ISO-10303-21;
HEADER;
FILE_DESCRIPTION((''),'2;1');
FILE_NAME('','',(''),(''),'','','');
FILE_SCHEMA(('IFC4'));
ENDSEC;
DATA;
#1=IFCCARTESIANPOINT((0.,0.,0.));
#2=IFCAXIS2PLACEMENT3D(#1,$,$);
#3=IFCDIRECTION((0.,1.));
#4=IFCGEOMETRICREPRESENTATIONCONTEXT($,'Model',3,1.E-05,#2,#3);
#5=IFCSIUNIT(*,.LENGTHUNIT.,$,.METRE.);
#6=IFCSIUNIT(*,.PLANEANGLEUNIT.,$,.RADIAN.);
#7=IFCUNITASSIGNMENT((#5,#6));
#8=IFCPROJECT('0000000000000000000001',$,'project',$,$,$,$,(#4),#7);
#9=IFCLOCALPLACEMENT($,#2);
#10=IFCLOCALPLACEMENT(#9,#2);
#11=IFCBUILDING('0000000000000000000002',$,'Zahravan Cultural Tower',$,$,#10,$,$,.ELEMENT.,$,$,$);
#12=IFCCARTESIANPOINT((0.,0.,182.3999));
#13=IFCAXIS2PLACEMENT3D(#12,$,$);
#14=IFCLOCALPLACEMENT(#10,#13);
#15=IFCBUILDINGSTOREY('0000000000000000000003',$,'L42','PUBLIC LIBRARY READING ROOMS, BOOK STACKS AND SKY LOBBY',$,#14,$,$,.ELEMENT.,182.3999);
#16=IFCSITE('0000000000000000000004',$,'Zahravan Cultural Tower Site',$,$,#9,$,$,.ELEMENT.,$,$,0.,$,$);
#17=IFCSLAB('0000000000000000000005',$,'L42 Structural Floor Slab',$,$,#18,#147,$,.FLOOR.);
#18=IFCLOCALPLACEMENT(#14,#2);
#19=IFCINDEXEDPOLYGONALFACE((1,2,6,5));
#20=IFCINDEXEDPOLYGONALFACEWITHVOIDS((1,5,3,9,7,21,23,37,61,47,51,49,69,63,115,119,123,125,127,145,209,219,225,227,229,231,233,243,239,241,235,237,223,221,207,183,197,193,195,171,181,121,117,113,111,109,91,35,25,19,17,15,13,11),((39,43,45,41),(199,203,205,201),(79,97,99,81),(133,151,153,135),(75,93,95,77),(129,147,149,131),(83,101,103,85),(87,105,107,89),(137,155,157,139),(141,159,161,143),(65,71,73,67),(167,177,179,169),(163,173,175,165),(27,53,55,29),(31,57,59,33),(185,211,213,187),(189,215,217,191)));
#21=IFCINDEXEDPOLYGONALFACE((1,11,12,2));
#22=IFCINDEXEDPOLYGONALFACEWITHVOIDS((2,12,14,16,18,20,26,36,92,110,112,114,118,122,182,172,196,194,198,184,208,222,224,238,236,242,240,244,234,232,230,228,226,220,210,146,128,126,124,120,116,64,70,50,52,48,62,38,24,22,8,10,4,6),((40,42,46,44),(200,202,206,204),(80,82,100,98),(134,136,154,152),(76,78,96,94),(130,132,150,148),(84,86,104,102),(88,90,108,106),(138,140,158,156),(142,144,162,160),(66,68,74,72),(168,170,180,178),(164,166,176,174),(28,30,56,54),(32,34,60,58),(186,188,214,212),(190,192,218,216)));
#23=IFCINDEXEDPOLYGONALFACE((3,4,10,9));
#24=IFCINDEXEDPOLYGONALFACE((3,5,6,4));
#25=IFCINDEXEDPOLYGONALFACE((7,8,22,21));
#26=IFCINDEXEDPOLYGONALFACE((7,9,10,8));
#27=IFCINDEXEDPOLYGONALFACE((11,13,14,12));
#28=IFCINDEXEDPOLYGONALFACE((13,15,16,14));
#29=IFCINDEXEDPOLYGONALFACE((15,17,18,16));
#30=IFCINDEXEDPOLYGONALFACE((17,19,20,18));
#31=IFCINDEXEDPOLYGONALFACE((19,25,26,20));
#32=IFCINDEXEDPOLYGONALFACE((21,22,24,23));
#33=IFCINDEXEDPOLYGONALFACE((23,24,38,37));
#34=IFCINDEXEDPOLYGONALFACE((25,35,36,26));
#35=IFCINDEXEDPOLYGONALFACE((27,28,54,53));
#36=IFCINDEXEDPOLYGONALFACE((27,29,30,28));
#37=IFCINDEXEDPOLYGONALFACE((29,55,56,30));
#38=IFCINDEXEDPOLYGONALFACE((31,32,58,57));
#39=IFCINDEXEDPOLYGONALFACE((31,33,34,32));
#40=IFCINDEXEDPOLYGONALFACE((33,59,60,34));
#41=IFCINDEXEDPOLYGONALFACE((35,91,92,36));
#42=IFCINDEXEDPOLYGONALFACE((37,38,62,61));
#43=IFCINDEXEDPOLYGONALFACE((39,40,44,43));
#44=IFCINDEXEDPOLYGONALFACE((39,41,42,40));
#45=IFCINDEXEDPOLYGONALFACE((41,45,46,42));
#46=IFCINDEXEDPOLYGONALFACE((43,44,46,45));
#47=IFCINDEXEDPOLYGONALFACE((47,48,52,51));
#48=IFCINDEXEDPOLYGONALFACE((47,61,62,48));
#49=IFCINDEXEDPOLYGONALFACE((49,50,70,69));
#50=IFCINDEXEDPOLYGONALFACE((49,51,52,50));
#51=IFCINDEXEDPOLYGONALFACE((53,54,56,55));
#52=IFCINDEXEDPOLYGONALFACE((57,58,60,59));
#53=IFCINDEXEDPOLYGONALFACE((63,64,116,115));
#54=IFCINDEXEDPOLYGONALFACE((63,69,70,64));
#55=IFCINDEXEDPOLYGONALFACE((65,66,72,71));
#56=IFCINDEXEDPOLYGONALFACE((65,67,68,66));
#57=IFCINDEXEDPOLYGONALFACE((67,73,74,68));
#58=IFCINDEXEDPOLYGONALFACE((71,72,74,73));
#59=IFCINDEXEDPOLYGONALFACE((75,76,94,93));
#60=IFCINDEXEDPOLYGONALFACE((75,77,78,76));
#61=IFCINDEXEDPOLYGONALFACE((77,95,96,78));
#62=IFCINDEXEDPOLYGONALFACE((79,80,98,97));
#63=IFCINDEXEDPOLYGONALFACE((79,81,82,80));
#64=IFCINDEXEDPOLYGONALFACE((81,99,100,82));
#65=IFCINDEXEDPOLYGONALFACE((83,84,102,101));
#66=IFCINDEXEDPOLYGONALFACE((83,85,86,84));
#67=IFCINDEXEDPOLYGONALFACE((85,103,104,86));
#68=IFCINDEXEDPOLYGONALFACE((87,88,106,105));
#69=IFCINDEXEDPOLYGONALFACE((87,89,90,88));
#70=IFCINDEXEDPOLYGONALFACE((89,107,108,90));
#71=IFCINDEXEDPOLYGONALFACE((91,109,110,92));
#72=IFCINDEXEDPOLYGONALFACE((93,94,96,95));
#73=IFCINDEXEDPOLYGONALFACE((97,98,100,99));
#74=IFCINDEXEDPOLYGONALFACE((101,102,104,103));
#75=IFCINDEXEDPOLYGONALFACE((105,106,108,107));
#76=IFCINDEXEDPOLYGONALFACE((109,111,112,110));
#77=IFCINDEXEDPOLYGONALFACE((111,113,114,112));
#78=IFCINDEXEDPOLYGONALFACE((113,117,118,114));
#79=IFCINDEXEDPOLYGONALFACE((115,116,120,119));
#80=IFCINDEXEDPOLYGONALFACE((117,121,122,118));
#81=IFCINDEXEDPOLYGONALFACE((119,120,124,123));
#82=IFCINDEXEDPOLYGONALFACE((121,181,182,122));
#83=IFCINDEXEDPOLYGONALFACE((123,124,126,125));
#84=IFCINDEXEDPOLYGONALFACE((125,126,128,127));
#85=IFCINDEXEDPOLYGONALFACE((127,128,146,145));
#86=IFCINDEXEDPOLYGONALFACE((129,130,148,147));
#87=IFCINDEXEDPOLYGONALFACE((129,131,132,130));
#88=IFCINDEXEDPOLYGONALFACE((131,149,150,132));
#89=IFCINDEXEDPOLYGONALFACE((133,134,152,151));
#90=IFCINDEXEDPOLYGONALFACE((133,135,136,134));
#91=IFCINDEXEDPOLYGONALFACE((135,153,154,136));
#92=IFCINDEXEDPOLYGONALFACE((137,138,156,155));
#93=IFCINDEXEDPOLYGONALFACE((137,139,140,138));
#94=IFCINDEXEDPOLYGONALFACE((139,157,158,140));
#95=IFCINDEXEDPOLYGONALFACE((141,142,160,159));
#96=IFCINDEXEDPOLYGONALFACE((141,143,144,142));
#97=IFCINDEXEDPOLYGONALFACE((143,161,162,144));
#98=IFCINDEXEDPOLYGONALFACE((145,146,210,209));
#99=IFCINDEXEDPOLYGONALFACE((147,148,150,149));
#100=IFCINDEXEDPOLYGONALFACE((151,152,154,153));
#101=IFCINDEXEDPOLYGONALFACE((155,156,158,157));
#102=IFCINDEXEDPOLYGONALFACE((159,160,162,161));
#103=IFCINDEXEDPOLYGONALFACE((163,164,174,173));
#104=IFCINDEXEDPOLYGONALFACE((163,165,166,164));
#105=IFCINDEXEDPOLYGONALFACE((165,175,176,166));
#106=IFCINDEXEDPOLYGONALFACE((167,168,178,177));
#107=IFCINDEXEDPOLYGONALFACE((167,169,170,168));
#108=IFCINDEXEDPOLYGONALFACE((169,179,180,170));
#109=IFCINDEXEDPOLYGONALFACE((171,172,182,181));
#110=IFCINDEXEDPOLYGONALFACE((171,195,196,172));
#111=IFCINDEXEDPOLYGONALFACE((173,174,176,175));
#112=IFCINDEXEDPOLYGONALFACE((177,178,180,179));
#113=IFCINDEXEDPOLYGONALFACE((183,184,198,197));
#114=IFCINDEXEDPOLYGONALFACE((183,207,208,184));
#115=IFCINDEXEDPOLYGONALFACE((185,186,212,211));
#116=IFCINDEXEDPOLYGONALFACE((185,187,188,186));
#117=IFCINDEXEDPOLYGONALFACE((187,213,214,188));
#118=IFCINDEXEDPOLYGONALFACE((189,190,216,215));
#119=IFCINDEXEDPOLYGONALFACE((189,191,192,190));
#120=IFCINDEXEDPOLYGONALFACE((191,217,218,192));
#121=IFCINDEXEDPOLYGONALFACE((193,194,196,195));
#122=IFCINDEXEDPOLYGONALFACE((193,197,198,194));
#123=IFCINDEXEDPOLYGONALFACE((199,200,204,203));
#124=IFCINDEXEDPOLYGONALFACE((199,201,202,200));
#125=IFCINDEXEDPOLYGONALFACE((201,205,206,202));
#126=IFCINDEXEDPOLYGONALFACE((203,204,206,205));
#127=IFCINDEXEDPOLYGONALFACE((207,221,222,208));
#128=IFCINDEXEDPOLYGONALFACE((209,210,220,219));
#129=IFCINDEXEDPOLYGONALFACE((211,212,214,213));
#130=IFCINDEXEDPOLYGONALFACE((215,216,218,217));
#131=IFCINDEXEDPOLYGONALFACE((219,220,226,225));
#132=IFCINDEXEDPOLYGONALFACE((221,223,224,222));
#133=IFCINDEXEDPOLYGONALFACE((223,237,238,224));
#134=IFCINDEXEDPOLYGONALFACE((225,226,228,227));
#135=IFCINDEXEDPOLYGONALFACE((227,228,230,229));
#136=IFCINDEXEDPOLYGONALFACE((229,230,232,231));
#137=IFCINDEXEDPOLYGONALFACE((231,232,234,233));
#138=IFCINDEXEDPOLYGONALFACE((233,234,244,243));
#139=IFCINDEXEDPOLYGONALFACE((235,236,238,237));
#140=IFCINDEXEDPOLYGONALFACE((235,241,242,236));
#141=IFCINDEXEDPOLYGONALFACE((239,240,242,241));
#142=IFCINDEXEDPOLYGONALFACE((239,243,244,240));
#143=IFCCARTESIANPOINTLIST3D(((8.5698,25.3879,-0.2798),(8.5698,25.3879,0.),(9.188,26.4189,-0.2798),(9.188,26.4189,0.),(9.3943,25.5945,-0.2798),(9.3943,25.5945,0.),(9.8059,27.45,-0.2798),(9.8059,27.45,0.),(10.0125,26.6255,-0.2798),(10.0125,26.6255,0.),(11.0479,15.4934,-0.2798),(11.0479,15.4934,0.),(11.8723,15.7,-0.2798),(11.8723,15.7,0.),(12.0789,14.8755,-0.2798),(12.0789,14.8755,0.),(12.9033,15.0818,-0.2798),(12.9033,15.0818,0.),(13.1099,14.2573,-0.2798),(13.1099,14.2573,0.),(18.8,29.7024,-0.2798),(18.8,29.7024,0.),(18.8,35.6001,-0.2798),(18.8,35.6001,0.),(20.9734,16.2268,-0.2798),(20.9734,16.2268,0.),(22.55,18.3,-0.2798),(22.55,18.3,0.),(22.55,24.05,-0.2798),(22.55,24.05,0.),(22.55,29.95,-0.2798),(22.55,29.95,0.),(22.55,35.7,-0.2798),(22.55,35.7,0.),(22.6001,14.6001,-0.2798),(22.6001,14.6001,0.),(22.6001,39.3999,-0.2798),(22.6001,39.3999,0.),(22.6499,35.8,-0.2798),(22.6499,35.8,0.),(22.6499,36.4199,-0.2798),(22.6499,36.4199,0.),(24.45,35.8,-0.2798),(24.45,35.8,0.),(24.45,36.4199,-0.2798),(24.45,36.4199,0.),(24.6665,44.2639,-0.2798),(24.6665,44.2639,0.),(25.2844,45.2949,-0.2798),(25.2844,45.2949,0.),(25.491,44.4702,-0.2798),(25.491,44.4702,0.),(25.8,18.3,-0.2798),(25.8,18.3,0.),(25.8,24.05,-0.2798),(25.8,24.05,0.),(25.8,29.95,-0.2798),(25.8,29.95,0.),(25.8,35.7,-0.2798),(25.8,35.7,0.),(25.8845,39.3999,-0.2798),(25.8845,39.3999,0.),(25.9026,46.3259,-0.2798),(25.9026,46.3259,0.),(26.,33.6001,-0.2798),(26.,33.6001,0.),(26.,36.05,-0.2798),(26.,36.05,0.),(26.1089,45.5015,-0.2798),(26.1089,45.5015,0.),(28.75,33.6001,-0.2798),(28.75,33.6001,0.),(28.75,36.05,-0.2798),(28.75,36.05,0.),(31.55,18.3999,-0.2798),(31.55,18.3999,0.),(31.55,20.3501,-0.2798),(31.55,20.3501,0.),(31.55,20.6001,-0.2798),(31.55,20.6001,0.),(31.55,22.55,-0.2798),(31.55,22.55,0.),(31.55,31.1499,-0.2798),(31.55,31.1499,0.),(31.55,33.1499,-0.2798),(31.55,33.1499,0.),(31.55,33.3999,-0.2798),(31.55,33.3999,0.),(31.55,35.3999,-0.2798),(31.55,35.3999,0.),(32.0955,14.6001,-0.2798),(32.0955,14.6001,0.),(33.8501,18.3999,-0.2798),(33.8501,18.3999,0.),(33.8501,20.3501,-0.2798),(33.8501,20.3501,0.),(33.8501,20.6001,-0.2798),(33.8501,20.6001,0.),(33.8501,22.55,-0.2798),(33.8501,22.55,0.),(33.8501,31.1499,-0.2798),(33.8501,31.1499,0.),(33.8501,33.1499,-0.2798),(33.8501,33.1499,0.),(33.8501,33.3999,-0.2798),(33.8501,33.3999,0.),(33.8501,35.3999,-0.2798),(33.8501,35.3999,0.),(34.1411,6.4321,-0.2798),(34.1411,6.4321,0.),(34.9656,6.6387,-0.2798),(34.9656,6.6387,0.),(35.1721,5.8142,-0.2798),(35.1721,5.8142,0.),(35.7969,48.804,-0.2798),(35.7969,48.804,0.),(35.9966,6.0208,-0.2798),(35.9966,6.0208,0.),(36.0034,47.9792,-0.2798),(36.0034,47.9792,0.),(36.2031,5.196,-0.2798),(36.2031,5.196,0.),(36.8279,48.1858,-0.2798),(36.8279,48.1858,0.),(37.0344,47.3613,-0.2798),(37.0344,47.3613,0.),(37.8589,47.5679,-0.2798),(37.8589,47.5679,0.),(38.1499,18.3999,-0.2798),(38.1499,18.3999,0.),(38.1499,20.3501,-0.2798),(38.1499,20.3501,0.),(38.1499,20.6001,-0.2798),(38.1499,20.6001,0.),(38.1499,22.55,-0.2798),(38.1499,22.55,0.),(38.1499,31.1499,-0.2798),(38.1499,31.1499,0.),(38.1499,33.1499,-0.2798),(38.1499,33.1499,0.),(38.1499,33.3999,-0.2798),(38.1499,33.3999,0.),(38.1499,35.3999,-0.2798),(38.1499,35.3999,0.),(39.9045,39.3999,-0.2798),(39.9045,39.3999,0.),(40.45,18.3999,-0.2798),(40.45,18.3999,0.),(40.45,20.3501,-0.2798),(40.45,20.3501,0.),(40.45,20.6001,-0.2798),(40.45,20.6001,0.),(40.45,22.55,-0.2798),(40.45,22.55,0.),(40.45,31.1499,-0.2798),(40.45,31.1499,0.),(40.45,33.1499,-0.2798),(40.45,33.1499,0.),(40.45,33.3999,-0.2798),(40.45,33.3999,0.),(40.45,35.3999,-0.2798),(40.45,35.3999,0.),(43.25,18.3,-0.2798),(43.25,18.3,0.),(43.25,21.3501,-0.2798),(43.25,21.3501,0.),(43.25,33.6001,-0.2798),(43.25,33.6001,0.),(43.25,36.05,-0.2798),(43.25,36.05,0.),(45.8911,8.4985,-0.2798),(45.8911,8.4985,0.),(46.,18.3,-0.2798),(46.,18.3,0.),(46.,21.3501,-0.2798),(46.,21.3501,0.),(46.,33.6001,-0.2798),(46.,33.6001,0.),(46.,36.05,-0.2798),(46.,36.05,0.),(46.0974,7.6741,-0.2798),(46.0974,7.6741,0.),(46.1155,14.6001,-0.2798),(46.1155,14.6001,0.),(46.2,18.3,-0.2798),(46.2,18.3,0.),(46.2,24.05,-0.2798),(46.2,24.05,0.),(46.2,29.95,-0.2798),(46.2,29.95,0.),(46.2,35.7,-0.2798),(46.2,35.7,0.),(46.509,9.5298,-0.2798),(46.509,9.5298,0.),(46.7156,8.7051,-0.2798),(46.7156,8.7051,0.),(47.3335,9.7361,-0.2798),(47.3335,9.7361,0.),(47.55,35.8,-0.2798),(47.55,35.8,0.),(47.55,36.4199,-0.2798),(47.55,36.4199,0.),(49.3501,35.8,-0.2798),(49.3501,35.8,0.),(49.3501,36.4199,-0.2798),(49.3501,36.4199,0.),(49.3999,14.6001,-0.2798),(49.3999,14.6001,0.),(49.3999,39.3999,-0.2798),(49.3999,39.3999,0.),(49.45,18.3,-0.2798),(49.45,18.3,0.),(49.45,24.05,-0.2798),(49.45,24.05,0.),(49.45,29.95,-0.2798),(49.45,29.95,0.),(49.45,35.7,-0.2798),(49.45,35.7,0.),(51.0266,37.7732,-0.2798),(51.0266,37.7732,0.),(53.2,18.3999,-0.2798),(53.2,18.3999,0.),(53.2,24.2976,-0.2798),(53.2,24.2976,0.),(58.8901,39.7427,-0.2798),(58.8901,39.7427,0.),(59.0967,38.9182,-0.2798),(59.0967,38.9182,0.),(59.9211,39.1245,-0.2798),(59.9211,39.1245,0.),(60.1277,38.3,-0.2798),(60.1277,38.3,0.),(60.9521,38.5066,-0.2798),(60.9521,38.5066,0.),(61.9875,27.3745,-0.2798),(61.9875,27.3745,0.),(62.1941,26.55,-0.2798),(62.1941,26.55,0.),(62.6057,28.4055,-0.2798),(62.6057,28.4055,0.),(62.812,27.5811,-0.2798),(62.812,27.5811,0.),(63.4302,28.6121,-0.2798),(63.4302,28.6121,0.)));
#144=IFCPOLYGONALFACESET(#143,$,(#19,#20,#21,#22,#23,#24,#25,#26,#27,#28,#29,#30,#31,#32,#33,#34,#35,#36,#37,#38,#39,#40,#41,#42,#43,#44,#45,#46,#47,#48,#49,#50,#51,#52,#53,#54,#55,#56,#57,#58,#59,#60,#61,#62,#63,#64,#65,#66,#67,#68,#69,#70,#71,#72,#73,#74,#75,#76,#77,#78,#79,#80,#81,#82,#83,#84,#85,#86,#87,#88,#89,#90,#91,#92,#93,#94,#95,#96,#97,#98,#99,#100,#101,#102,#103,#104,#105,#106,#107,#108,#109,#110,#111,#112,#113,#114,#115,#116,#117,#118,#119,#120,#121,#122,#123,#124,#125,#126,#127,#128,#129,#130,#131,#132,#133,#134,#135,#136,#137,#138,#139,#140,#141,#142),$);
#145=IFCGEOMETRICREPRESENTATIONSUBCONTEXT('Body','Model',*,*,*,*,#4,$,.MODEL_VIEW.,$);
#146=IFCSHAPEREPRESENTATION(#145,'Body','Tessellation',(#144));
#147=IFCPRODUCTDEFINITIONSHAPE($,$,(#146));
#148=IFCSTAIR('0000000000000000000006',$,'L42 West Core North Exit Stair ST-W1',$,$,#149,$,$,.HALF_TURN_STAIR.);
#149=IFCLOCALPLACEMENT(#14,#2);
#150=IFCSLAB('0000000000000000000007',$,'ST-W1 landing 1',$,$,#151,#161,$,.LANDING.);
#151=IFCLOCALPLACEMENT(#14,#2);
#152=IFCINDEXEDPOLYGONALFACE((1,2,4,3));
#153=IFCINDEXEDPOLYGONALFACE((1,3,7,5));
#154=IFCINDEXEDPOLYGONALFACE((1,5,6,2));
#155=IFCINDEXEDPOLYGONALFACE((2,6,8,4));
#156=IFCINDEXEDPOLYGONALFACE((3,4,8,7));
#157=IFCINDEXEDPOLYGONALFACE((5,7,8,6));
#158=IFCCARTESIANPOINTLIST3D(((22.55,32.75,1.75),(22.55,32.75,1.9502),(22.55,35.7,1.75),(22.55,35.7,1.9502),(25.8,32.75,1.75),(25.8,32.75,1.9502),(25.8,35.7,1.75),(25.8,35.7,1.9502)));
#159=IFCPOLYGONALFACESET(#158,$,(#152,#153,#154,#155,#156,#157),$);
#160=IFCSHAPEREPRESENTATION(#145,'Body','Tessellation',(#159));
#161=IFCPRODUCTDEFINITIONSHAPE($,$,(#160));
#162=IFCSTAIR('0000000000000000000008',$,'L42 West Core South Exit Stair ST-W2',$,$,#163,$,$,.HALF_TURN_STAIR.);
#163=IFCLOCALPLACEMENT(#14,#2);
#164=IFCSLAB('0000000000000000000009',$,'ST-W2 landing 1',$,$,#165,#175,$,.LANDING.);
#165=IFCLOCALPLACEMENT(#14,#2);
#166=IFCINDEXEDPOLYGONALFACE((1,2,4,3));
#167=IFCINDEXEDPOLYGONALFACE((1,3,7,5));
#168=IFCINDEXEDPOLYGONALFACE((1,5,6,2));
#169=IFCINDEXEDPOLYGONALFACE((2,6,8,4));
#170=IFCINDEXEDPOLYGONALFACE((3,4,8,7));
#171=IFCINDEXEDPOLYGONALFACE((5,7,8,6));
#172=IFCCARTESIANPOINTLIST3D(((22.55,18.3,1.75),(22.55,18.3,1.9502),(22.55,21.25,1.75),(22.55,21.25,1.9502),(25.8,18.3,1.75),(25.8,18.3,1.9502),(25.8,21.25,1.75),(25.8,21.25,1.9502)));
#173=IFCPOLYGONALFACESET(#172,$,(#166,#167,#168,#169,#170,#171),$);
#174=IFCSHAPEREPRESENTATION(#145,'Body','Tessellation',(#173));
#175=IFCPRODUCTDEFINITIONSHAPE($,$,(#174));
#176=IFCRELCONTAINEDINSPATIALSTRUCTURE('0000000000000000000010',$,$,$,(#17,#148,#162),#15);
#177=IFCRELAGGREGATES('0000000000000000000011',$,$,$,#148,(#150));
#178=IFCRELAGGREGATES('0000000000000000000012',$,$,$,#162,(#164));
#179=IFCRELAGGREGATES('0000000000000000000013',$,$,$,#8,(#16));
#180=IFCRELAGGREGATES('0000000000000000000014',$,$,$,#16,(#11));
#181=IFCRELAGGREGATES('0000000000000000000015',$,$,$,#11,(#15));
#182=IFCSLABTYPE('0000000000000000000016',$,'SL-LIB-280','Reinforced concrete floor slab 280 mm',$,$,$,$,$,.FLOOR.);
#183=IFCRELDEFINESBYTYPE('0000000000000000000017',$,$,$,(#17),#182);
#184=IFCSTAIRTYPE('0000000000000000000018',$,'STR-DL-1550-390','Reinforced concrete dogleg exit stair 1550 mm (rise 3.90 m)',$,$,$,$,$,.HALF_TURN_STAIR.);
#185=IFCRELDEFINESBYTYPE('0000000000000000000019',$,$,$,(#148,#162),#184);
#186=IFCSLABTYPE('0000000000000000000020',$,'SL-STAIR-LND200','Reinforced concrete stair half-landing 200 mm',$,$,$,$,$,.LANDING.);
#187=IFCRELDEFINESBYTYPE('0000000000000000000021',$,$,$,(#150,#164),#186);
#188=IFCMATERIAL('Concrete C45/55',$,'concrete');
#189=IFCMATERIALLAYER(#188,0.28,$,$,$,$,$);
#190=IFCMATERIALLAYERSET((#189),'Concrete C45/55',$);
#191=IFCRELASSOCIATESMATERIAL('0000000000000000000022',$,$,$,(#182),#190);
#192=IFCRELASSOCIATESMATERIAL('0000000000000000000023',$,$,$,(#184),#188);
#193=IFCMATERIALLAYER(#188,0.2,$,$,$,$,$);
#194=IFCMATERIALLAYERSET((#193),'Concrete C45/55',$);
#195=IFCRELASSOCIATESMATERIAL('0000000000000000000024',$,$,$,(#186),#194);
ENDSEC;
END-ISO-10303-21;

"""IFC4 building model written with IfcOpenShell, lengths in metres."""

from ifc_helpers import new_model, si_unit, direction, frame, origin, place, context, subcontext, project, spatial, polyline, outline, extrude, material, layer, layer_set, type_object, element, aggregate, save


model = new_model("IFC4")

# Units and contexts
model_context = context("Model", 3, precision=1e-05, world=origin(), true_north=direction((0.0, 1.0)))
body_context = subcontext(model_context, "Body", "Model", "MODEL_VIEW")
ifc_project = project(units=[si_unit("LENGTHUNIT", "METRE"), si_unit("PLANEANGLEUNIT", "RADIAN")], contexts=[model_context])

# Site, building, storey
site_placement = place(None, origin())
site = spatial("IfcSite", under=ifc_project, at=site_placement, Name="Zahravan Cultural Tower Site", CompositionType="ELEMENT", RefElevation=0.0)
building_placement = place(site_placement, origin())
building = spatial("IfcBuilding", under=site, at=building_placement, Name="Zahravan Cultural Tower", CompositionType="ELEMENT")
storey_placement = place(building_placement, frame((0.0, 0.0, 182.3999)))
storey = spatial("IfcBuildingStorey", under=building, at=storey_placement, Name="L42", Description="PUBLIC LIBRARY READING ROOMS, BOOK STACKS AND SKY LOBBY", CompositionType="ELEMENT", Elevation=182.3999)

# Slab
ifc_material_1 = material(Name="Concrete C45/55", Category="concrete")
ifc_layer_1 = layer(ifc_material_1, 0.28)
ifc_layer_set_1 = layer_set([ifc_layer_1], Name="Concrete C45/55")
slab_type_1 = type_object("IfcSlabType", Name="SL-LIB-280", Description="Reinforced concrete floor slab 280 mm", PredefinedType="FLOOR", material=ifc_layer_set_1)
slab_1_placement = place(storey_placement, frame((0.0, 0.0, -0.2798)))
element("IfcSlab", 1, at=slab_1_placement, inside=storey, type_object=slab_type_1, Name="L42 Structural Floor Slab", PredefinedType="FLOOR", context=body_context, shape_type="SweptSolid", body=[
    extrude(outline(polyline([(51.0266, 37.7732), (49.3999, 39.3999), (39.9045, 39.3999), (37.8589, 47.5679), (37.0344, 47.3613), (36.8279, 48.1858), (36.0034, 47.9792), (35.7969, 48.804), (25.9026, 46.3259), (26.1089, 45.5015), (25.2844, 45.2949), (25.491, 44.4702), (24.6665, 44.2639), (25.8845, 39.3999), (22.6001, 39.3999), (18.8, 35.6001), (18.8, 29.7024), (9.8059, 27.45), (10.0125, 26.6255), (9.188, 26.4189), (9.3943, 25.5945), (8.5698, 25.3879), (11.0479, 15.4934), (11.8723, 15.7), (12.0789, 14.8755), (12.9033, 15.0818), (13.1099, 14.2573), (20.9734, 16.2268), (22.6001, 14.6001), (32.0955, 14.6001), (34.1411, 6.4321), (34.9656, 6.6387), (35.1721, 5.8142), (35.9966, 6.0208), (36.2031, 5.196), (46.0974, 7.6741), (45.8911, 8.4985), (46.7156, 8.7051), (46.509, 9.5298), (47.3335, 9.7361), (46.1155, 14.6001), (49.3999, 14.6001), (53.2, 18.3999), (53.2, 24.2976), (62.1941, 26.55), (61.9875, 27.3745), (62.812, 27.5811), (62.6057, 28.4055), (63.4302, 28.6121), (60.9521, 38.5066), (60.1277, 38.3), (59.9211, 39.1245), (59.0967, 38.9182), (58.8901, 39.7427), (51.0266, 37.7732)]), holes=[polyline([(22.55, 29.95), (22.55, 35.7), (25.8, 35.7), (25.8, 29.95), (22.55, 29.95)]), polyline([(22.55, 18.3), (22.55, 24.05), (25.8, 24.05), (25.8, 18.3), (22.55, 18.3)]), polyline([(46.2, 29.95), (46.2, 35.7), (49.45, 35.7), (49.45, 29.95), (46.2, 29.95)]), polyline([(46.2, 18.3), (46.2, 24.05), (49.45, 24.05), (49.45, 18.3), (46.2, 18.3)]), polyline([(26.0, 33.6001), (26.0, 36.05), (28.75, 36.05), (28.75, 33.6001), (26.0, 33.6001)]), polyline([(43.25, 33.6001), (43.25, 36.05), (46.0, 36.05), (46.0, 33.6001), (43.25, 33.6001)]), polyline([(43.25, 18.3), (43.25, 21.3501), (46.0, 21.3501), (46.0, 18.3), (43.25, 18.3)]), polyline([(31.55, 33.3999), (31.55, 35.3999), (33.8501, 35.3999), (33.8501, 33.3999), (31.55, 33.3999)]), polyline([(31.55, 31.1499), (31.55, 33.1499), (33.8501, 33.1499), (33.8501, 31.1499), (31.55, 31.1499)]), polyline([(38.1499, 33.3999), (38.1499, 35.3999), (40.45, 35.3999), (40.45, 33.3999), (38.1499, 33.3999)]), polyline([(38.1499, 31.1499), (38.1499, 33.1499), (40.45, 33.1499), (40.45, 31.1499), (38.1499, 31.1499)]), polyline([(31.55, 20.6001), (31.55, 22.55), (33.8501, 22.55), (33.8501, 20.6001), (31.55, 20.6001)]), polyline([(31.55, 18.3999), (31.55, 20.3501), (33.8501, 20.3501), (33.8501, 18.3999), (31.55, 18.3999)]), polyline([(38.1499, 20.6001), (38.1499, 22.55), (40.45, 22.55), (40.45, 20.6001), (38.1499, 20.6001)]), polyline([(38.1499, 18.3999), (38.1499, 20.3501), (40.45, 20.3501), (40.45, 18.3999), (38.1499, 18.3999)]), polyline([(22.6499, 35.8), (22.6499, 36.4199), (24.45, 36.4199), (24.45, 35.8), (22.6499, 35.8)]), polyline([(47.55, 35.8), (47.55, 36.4199), (49.3501, 36.4199), (49.3501, 35.8), (47.55, 35.8)])]), origin(), (0.0, 0.0, 1.0), 0.2798),
])

# Stairs, slabs
stair_type = type_object("IfcStairType", Name="STR-DL-1550-390", Description="Reinforced concrete dogleg exit stair 1550 mm (rise 3.90 m)", PredefinedType="HALF_TURN_STAIR", material=ifc_material_1)
stair_1_placement = place(storey_placement, origin())
stair_1 = element("IfcStair", 2, at=stair_1_placement, inside=storey, type_object=stair_type, Name="L42 West Core North Exit Stair ST-W1", PredefinedType="HALF_TURN_STAIR")
ifc_layer_2 = layer(ifc_material_1, 0.2)
ifc_layer_set_2 = layer_set([ifc_layer_2], Name="Concrete C45/55")
slab_type_2 = type_object("IfcSlabType", Name="SL-STAIR-LND200", Description="Reinforced concrete stair half-landing 200 mm", PredefinedType="LANDING", material=ifc_layer_set_2)
slab_2_placement = place(storey_placement, frame((0.0, 0.0, 1.75)))
slab_2 = element("IfcSlab", 3, at=slab_2_placement, type_object=slab_type_2, Name="ST-W1 landing 1", PredefinedType="LANDING", context=body_context, shape_type="SweptSolid", body=[
    extrude(outline(polyline([(25.8, 32.75), (25.8, 35.7), (22.55, 35.7), (22.55, 32.75), (25.8, 32.75)])), origin(), (0.0, 0.0, 1.0), 0.2002),
])
aggregate(stair_1, [slab_2])
stair_2_placement = place(storey_placement, origin())
stair_2 = element("IfcStair", 4, at=stair_2_placement, inside=storey, type_object=stair_type, Name="L42 West Core South Exit Stair ST-W2", PredefinedType="HALF_TURN_STAIR")
slab_3_placement = place(storey_placement, frame((0.0, 0.0, 1.75)))
slab_3 = element("IfcSlab", 5, at=slab_3_placement, type_object=slab_type_2, Name="ST-W2 landing 1", PredefinedType="LANDING", context=body_context, shape_type="SweptSolid", body=[
    extrude(outline(polyline([(22.55, 21.25), (22.55, 18.3), (25.8, 18.3), (25.8, 21.25), (22.55, 21.25)])), origin(), (0.0, 0.0, 1.0), 0.2002),
])
aggregate(stair_2, [slab_3])

save(model, "model.ifc")
